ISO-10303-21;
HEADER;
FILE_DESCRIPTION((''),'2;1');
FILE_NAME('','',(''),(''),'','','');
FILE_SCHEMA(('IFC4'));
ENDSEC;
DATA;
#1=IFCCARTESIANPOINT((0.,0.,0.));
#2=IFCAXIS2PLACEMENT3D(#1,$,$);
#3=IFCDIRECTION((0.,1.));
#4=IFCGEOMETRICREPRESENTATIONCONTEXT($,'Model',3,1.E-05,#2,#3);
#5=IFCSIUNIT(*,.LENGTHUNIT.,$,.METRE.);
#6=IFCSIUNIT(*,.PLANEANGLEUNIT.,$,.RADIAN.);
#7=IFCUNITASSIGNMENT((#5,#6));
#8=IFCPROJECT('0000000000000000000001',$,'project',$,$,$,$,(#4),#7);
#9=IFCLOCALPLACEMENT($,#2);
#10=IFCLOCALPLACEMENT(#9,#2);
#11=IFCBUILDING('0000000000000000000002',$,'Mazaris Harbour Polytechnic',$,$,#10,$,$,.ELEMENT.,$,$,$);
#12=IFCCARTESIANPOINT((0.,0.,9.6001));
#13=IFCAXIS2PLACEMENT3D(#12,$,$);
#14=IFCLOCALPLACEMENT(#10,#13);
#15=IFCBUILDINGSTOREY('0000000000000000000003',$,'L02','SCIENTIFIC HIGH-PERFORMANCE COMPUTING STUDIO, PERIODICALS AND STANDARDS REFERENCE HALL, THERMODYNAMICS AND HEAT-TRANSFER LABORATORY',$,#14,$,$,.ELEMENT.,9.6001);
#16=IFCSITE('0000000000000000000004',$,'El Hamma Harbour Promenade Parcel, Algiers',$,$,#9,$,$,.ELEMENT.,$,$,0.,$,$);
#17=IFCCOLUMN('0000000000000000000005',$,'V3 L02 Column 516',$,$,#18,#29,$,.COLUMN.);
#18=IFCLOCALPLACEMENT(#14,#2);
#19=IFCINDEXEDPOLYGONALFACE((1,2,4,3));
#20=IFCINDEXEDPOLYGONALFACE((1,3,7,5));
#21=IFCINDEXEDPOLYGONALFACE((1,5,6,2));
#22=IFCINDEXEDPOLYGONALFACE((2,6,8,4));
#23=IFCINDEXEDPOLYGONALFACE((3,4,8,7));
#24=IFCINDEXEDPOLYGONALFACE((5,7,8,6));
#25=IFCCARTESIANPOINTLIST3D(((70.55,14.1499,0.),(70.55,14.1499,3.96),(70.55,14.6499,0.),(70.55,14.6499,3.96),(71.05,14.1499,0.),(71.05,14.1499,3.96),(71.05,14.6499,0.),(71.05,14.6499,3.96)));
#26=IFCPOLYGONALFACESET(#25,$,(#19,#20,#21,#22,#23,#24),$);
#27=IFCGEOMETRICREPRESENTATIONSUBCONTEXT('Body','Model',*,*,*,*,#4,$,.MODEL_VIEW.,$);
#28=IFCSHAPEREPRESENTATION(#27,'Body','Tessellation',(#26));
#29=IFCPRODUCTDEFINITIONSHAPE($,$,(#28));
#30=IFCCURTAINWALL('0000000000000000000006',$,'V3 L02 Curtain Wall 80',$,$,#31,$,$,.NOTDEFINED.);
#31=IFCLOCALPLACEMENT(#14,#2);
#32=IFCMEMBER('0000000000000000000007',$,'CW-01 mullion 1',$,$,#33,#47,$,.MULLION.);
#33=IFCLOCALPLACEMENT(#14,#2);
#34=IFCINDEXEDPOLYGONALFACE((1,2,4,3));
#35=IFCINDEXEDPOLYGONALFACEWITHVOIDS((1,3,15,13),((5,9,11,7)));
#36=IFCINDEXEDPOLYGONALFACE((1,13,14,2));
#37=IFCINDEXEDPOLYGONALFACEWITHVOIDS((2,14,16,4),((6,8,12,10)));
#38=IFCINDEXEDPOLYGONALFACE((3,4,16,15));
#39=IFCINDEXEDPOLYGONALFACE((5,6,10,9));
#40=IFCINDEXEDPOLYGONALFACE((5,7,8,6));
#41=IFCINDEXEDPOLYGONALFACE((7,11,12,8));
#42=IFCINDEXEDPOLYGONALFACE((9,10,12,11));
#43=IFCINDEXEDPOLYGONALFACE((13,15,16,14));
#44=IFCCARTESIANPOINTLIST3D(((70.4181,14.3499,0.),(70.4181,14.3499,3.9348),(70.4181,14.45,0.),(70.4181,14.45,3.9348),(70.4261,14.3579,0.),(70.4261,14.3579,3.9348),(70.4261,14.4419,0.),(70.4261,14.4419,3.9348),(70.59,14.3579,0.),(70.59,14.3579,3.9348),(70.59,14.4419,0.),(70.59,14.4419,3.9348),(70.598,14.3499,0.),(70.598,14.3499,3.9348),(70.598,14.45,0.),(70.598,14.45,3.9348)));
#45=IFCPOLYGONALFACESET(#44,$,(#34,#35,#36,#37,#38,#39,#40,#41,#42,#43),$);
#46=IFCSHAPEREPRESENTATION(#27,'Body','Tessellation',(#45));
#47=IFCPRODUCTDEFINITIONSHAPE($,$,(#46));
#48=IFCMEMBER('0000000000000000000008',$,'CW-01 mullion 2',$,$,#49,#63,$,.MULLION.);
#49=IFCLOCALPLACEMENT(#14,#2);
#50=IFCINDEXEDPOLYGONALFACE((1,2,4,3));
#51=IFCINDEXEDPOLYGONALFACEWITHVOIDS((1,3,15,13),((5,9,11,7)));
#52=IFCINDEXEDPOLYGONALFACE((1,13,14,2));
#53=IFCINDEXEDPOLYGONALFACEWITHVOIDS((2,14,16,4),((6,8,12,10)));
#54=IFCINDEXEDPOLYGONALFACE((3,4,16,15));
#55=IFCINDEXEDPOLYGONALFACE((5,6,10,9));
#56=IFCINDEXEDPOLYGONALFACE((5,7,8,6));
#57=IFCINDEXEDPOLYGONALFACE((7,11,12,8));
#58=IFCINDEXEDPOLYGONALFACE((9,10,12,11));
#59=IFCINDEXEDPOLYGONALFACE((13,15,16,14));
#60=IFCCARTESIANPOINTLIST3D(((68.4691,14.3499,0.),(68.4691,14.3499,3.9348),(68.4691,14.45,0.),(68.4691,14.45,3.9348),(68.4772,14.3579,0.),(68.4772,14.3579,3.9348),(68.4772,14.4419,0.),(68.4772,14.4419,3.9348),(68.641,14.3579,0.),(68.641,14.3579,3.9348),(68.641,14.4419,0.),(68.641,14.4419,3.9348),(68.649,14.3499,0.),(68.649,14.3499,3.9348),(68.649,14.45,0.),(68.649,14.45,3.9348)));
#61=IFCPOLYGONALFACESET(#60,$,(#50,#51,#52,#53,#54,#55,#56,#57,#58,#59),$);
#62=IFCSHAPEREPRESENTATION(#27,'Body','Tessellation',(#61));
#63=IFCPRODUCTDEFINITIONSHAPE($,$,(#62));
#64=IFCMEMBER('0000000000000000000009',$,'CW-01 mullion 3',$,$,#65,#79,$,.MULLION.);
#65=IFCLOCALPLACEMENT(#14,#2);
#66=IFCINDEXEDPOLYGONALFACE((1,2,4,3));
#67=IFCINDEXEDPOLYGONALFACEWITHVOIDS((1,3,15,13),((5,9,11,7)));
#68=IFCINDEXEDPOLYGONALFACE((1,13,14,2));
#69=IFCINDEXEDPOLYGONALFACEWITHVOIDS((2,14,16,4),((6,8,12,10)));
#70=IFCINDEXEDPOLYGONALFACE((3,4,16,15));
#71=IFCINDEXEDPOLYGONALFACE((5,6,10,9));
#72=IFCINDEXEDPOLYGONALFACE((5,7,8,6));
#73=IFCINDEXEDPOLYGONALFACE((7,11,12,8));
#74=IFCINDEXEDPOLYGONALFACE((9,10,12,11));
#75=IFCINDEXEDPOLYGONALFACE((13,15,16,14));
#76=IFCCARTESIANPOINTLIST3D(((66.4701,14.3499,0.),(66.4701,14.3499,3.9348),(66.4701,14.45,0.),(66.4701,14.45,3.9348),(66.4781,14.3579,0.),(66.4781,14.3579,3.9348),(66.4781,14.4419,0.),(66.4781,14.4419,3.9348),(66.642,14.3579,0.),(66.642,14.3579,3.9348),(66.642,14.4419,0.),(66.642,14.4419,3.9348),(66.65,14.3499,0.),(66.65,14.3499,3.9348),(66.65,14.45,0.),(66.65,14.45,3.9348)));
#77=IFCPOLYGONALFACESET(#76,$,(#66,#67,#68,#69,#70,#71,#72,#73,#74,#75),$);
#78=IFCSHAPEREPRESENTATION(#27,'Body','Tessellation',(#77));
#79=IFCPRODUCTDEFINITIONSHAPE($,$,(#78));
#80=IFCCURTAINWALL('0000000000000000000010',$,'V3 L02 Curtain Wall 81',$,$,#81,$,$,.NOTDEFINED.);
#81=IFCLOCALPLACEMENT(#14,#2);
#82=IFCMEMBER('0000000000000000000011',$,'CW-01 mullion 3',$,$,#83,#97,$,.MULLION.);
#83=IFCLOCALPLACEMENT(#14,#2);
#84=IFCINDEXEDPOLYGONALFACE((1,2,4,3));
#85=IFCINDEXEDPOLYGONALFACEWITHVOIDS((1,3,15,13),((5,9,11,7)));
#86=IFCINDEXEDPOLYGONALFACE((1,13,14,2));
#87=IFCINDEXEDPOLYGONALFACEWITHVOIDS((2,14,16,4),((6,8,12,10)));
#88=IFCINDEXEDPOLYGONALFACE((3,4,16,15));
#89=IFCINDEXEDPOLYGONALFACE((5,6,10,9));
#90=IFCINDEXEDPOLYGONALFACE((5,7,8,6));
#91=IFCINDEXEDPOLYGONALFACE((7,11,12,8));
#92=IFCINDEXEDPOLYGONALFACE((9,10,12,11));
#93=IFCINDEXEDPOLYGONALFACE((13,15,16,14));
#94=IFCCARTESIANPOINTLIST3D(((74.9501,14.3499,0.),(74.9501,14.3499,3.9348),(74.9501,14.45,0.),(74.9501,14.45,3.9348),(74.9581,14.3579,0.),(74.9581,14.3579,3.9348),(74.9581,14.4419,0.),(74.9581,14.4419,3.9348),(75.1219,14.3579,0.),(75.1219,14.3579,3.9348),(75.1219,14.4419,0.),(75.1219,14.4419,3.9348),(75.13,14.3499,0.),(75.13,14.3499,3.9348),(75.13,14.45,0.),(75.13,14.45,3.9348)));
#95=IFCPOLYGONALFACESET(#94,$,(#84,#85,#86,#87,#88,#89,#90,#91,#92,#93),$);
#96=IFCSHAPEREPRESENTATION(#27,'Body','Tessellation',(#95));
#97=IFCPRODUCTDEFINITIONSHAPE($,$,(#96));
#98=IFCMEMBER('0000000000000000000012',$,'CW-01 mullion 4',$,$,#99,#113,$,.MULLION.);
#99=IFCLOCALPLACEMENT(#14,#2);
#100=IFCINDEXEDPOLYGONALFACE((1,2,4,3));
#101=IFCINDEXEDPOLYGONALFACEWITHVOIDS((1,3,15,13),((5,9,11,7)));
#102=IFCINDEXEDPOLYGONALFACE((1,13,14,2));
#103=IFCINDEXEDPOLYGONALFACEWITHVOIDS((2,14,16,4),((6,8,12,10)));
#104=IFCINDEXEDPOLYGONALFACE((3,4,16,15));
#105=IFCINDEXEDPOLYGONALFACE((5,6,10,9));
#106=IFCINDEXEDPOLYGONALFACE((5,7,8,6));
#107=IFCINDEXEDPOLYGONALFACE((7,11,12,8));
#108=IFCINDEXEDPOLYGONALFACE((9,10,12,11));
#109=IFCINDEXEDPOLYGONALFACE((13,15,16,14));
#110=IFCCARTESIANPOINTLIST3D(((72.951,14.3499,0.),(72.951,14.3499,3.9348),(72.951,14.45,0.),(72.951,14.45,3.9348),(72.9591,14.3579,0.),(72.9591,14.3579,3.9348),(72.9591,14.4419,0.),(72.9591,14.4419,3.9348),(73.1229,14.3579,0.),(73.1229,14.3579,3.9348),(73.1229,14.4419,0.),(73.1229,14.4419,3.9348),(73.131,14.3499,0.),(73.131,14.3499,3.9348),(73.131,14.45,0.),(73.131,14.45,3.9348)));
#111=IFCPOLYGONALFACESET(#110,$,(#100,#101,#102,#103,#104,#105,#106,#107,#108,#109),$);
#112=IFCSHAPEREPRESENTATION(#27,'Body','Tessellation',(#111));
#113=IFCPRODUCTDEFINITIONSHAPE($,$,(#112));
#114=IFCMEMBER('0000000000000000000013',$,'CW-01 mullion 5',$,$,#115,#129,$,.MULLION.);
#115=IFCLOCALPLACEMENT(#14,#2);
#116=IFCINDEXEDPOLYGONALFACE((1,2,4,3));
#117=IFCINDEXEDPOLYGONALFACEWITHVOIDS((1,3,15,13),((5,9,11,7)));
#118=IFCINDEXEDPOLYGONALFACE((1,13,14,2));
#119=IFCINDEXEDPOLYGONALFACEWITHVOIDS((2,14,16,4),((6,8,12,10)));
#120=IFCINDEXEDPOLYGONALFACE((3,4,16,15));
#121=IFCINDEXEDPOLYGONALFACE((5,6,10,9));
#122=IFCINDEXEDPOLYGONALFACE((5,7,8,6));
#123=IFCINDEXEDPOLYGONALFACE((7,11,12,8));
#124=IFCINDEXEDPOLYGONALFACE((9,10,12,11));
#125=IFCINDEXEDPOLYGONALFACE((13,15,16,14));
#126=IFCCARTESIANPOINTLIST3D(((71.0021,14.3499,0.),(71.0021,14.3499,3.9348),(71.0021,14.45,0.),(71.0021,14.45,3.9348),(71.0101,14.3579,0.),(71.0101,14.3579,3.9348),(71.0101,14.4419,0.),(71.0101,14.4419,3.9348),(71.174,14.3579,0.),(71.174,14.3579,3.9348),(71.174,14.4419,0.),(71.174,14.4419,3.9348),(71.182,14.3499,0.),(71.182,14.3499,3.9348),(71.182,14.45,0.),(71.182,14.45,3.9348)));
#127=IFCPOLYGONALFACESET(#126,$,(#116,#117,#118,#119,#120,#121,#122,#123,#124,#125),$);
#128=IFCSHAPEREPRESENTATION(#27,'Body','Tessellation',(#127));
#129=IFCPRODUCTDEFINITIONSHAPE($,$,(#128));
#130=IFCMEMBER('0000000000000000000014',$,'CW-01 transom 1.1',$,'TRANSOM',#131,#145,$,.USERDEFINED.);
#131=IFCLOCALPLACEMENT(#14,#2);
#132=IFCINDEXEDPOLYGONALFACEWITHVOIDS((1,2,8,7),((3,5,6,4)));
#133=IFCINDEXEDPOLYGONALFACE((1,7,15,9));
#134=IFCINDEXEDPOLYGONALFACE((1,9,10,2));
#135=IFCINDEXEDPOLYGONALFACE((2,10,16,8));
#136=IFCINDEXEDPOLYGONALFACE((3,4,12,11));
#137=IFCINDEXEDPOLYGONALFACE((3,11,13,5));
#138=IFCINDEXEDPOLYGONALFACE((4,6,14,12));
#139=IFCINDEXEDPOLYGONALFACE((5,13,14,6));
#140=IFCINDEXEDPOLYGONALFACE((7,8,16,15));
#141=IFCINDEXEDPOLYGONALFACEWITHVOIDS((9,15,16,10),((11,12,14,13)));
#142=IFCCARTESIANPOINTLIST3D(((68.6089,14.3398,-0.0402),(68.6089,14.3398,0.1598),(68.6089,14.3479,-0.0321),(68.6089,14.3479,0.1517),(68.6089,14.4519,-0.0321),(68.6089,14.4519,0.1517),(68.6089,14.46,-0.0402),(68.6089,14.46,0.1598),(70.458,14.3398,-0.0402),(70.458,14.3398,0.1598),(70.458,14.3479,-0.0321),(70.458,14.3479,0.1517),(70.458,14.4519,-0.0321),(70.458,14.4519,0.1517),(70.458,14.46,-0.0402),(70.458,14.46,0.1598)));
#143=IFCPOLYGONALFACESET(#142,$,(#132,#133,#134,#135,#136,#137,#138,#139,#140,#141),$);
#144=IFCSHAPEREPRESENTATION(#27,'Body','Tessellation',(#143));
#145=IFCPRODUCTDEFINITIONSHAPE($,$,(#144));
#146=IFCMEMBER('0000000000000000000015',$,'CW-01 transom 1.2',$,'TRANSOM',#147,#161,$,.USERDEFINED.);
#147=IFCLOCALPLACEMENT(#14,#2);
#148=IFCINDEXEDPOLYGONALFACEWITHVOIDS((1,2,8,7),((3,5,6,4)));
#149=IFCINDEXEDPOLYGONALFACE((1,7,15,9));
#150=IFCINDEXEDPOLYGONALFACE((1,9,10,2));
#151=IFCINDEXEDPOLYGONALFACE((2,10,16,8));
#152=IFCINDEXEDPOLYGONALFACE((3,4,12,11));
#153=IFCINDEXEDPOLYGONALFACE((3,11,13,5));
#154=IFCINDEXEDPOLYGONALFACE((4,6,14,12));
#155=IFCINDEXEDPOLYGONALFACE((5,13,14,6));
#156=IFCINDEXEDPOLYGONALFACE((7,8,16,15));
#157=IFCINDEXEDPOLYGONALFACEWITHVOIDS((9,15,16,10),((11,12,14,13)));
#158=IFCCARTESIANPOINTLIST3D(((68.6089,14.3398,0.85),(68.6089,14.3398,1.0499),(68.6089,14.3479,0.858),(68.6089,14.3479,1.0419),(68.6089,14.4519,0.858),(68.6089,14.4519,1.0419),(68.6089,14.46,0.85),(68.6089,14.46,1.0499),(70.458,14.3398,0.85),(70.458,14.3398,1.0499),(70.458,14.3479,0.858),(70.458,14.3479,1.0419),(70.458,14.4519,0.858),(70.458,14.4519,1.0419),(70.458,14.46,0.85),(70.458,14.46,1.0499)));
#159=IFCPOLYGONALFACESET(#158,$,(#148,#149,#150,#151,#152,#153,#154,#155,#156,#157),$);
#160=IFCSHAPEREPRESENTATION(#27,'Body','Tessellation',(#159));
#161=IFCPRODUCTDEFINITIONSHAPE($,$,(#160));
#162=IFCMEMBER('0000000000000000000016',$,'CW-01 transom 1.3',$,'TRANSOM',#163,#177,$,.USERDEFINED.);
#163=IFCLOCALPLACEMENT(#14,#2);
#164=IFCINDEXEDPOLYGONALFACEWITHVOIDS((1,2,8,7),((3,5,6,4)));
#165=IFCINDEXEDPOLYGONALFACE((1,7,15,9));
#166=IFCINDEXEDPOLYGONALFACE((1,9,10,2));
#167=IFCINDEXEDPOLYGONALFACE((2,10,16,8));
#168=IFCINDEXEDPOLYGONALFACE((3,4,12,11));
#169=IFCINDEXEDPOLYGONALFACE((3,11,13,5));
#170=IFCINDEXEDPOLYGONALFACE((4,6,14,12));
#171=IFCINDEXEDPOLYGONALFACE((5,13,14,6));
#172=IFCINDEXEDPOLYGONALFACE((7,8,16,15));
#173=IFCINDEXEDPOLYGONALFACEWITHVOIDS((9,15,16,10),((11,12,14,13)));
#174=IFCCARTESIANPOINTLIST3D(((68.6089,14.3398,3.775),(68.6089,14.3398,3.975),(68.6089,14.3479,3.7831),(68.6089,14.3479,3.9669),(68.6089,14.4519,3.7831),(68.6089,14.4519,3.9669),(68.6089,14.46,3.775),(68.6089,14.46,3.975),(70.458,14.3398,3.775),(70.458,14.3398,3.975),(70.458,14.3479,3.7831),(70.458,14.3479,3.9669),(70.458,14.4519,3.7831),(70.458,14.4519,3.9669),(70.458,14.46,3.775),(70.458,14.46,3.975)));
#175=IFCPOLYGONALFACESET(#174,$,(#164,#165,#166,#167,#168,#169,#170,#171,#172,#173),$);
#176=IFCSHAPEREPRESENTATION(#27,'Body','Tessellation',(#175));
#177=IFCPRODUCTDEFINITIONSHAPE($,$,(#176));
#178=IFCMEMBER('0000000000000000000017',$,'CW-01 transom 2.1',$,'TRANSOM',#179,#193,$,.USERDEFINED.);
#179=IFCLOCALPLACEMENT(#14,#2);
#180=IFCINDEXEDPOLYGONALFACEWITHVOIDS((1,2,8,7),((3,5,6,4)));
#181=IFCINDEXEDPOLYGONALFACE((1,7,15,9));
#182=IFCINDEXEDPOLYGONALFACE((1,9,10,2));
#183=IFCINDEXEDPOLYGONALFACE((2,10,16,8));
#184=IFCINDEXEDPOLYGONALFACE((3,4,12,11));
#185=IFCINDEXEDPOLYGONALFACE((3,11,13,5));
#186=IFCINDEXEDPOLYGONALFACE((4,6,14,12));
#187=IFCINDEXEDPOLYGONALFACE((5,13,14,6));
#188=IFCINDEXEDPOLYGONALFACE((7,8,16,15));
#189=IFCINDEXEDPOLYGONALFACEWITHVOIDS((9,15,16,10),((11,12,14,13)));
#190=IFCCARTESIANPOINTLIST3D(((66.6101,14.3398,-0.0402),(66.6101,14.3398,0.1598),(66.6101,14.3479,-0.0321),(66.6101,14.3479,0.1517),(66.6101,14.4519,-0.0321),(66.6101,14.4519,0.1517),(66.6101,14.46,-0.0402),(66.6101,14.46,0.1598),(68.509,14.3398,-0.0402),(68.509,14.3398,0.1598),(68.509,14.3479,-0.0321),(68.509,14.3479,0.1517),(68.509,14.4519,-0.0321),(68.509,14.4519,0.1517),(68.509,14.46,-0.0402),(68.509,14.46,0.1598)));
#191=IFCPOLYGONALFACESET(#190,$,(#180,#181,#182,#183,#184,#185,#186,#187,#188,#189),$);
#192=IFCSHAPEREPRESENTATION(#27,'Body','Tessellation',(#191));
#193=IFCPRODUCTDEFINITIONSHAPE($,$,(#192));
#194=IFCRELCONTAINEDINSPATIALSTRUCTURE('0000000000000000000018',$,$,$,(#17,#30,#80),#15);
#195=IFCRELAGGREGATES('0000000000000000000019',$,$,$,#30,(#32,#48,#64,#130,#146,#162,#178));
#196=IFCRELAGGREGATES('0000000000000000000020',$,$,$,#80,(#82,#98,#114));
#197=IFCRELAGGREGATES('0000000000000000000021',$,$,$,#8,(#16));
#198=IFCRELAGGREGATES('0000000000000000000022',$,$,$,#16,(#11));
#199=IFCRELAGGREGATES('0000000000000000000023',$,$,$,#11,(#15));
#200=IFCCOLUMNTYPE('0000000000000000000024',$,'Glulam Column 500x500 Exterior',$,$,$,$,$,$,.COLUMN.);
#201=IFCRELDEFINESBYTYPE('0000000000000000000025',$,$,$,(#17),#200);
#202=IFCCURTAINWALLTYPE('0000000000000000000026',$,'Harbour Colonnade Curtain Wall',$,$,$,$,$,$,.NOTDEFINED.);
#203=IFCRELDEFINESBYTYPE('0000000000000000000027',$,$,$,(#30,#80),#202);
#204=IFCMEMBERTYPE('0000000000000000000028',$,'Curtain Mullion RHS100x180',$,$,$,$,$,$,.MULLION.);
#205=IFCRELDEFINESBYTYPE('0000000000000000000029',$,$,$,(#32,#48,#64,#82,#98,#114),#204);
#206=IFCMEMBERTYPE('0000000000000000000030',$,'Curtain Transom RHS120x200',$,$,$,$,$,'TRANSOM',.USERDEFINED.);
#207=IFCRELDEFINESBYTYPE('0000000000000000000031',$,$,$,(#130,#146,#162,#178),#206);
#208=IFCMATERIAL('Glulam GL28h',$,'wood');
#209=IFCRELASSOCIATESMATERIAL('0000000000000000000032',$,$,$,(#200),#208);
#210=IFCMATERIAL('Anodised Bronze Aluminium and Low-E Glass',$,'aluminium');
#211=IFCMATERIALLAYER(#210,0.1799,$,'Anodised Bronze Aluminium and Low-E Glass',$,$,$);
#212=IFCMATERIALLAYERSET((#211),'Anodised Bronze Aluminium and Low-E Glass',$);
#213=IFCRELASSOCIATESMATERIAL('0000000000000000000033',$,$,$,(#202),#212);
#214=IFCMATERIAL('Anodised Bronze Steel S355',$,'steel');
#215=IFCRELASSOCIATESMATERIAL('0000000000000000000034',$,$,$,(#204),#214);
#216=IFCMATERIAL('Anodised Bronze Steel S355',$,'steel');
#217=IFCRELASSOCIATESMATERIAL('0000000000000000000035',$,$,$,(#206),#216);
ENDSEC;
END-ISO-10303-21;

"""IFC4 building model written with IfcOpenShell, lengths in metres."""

from ifc_helpers import new_model, si_unit, direction, frame, origin, origin_2d, place, context, subcontext, project, spatial, rectangle, hollow_rectangle, extrude, material, layer, layer_set, material_profile, profile_set, type_object, element, aggregate, save


model = new_model("IFC4")

# Units and contexts
model_context = context("Model", 3, precision=1e-05, world=origin(), true_north=direction((0.0, 1.0)))
body_context = subcontext(model_context, "Body", "Model", "MODEL_VIEW")
ifc_project = project(units=[si_unit("LENGTHUNIT", "METRE"), si_unit("PLANEANGLEUNIT", "RADIAN")], contexts=[model_context])

# Site, building, storey
site_placement = place(None, origin())
site = spatial("IfcSite", under=ifc_project, at=site_placement, Name="El Hamma Harbour Promenade Parcel, Algiers", CompositionType="ELEMENT", RefElevation=0.0)
building_placement = place(site_placement, origin())
building = spatial("IfcBuilding", under=site, at=building_placement, Name="Mazaris Harbour Polytechnic", CompositionType="ELEMENT")
storey_placement = place(building_placement, frame((0.0, 0.0, 9.6001)))
storey = spatial("IfcBuildingStorey", under=building, at=storey_placement, Name="L02", Description="SCIENTIFIC HIGH-PERFORMANCE COMPUTING STUDIO, PERIODICALS AND STANDARDS REFERENCE HALL, THERMODYNAMICS AND HEAT-TRANSFER LABORATORY", CompositionType="ELEMENT", Elevation=9.6001)

# Column
ifc_material_1 = material(Name="Glulam GL28h", Category="wood")
ifc_material_profile_1 = material_profile(ifc_material_1, rectangle(XDim=0.5, YDim=0.5, at=origin_2d()), Name="RECT500x500")
ifc_profile_set_1 = profile_set([ifc_material_profile_1], Name="Glulam GL28h")
column_type = type_object("IfcColumnType", Name="Glulam Column 500x500 Exterior", PredefinedType="COLUMN", material=ifc_profile_set_1)
column_placement = place(storey_placement, frame((70.8, 14.3999, 0.0), z_axis=(0.0, 0.0, 1.0), x_axis=(1.0, 0.0, 0.0)))
element("IfcColumn", 1, at=column_placement, inside=storey, type_object=column_type, Name="V3 L02 Column 516", PredefinedType="COLUMN", context=body_context, shape_type="SweptSolid", body=[
    extrude(rectangle(XDim=0.5, YDim=0.5, at=origin_2d()), origin(), (0.0, 0.0, 1.0), 3.96),
])

# Curtain walls, members
ifc_material_2 = material(Name="Anodised Bronze Aluminium and Low-E Glass", Category="aluminium")
ifc_layer_1 = layer(ifc_material_2, 0.1799, Name="Anodised Bronze Aluminium and Low-E Glass")
ifc_layer_set_1 = layer_set([ifc_layer_1], Name="Anodised Bronze Aluminium and Low-E Glass")
curtain_wall_type = type_object("IfcCurtainWallType", Name="Harbour Colonnade Curtain Wall", PredefinedType="NOTDEFINED", material=ifc_layer_set_1)
curtain_wall_1_placement = place(storey_placement, origin())
curtain_wall_1 = element("IfcCurtainWall", 2, at=curtain_wall_1_placement, inside=storey, type_object=curtain_wall_type, Name="V3 L02 Curtain Wall 80", PredefinedType="NOTDEFINED")
ifc_material_3 = material(Name="Anodised Bronze Steel S355", Category="steel")
ifc_material_profile_2 = material_profile(ifc_material_3, hollow_rectangle(XDim=0.1001, YDim=0.1799, WallThickness=0.0081, at=origin_2d()), Name="RHS 100x180x8.0")
ifc_profile_set_2 = profile_set([ifc_material_profile_2], Name="Anodised Bronze Steel S355")
member_type_1 = type_object("IfcMemberType", Name="Curtain Mullion RHS100x180", PredefinedType="MULLION", material=ifc_profile_set_2)
member_1_placement = place(storey_placement, frame((70.5081, 14.3999, 0.0), z_axis=(0.0, 0.0, 1.0), x_axis=(0.0, -1.0, 0.0)))
member_1 = element("IfcMember", 3, at=member_1_placement, type_object=member_type_1, Name="CW-01 mullion 1", PredefinedType="MULLION", context=body_context, shape_type="SweptSolid", body=[
    extrude(hollow_rectangle(XDim=0.1001, YDim=0.1799, WallThickness=0.0081, at=origin_2d()), origin(), (0.0, 0.0, 1.0), 3.9348),
])
member_2_placement = place(storey_placement, frame((68.5591, 14.3999, 0.0), z_axis=(0.0, 0.0, 1.0), x_axis=(0.0, -1.0, 0.0)))
member_2 = element("IfcMember", 4, at=member_2_placement, type_object=member_type_1, Name="CW-01 mullion 2", PredefinedType="MULLION", context=body_context, shape_type="SweptSolid", body=[
    extrude(hollow_rectangle(XDim=0.1001, YDim=0.1799, WallThickness=0.0081, at=origin_2d()), origin(), (0.0, 0.0, 1.0), 3.9348),
])
member_3_placement = place(storey_placement, frame((66.5601, 14.3999, 0.0), z_axis=(0.0, 0.0, 1.0), x_axis=(0.0, -1.0, 0.0)))
member_3 = element("IfcMember", 5, at=member_3_placement, type_object=member_type_1, Name="CW-01 mullion 3", PredefinedType="MULLION", context=body_context, shape_type="SweptSolid", body=[
    extrude(hollow_rectangle(XDim=0.1001, YDim=0.1799, WallThickness=0.0081, at=origin_2d()), origin(), (0.0, 0.0, 1.0), 3.9348),
])
curtain_wall_2_placement = place(storey_placement, origin())
curtain_wall_2 = element("IfcCurtainWall", 6, at=curtain_wall_2_placement, inside=storey, type_object=curtain_wall_type, Name="V3 L02 Curtain Wall 81", PredefinedType="NOTDEFINED")
member_4_placement = place(storey_placement, frame((75.04, 14.3999, 0.0), z_axis=(0.0, 0.0, 1.0), x_axis=(0.0, -1.0, 0.0)))
member_4 = element("IfcMember", 7, at=member_4_placement, type_object=member_type_1, Name="CW-01 mullion 3", PredefinedType="MULLION", context=body_context, shape_type="SweptSolid", body=[
    extrude(hollow_rectangle(XDim=0.1001, YDim=0.1799, WallThickness=0.0081, at=origin_2d()), origin(), (0.0, 0.0, 1.0), 3.9348),
])
member_5_placement = place(storey_placement, frame((73.041, 14.3999, 0.0), z_axis=(0.0, 0.0, 1.0), x_axis=(0.0, -1.0, 0.0)))
member_5 = element("IfcMember", 8, at=member_5_placement, type_object=member_type_1, Name="CW-01 mullion 4", PredefinedType="MULLION", context=body_context, shape_type="SweptSolid", body=[
    extrude(hollow_rectangle(XDim=0.1001, YDim=0.1799, WallThickness=0.0081, at=origin_2d()), origin(), (0.0, 0.0, 1.0), 3.9348),
])
member_6_placement = place(storey_placement, frame((71.092, 14.3999, 0.0), z_axis=(0.0, 0.0, 1.0), x_axis=(0.0, -1.0, 0.0)))
member_6 = element("IfcMember", 9, at=member_6_placement, type_object=member_type_1, Name="CW-01 mullion 5", PredefinedType="MULLION", context=body_context, shape_type="SweptSolid", body=[
    extrude(hollow_rectangle(XDim=0.1001, YDim=0.1799, WallThickness=0.0081, at=origin_2d()), origin(), (0.0, 0.0, 1.0), 3.9348),
])

# Members
ifc_material_4 = material(Name="Anodised Bronze Steel S355", Category="steel")
ifc_material_profile_3 = material_profile(ifc_material_4, hollow_rectangle(XDim=0.1201, YDim=0.2, WallThickness=0.0081, at=origin_2d()), Name="RHS 120x200x8.0")
ifc_profile_set_3 = profile_set([ifc_material_profile_3], Name="Anodised Bronze Steel S355")
member_type_2 = type_object("IfcMemberType", Name="Curtain Transom RHS120x200", ElementType="TRANSOM", PredefinedType="USERDEFINED", material=ifc_profile_set_3)
member_7_placement = place(storey_placement, frame((70.458, 14.3999, 0.0598), z_axis=(-1.0, 0.0, 0.0), x_axis=(0.0, -1.0, 0.0)))
member_7 = element("IfcMember", 10, at=member_7_placement, type_object=member_type_2, Name="CW-01 transom 1.1", ObjectType="TRANSOM", PredefinedType="USERDEFINED", context=body_context, shape_type="SweptSolid", body=[
    extrude(hollow_rectangle(XDim=0.1201, YDim=0.2, WallThickness=0.0081, at=origin_2d()), origin(), (0.0, 0.0, 1.0), 1.8491),
])
member_8_placement = place(storey_placement, frame((70.458, 14.3999, 0.95), z_axis=(-1.0, 0.0, 0.0), x_axis=(0.0, -1.0, 0.0)))
member_8 = element("IfcMember", 11, at=member_8_placement, type_object=member_type_2, Name="CW-01 transom 1.2", ObjectType="TRANSOM", PredefinedType="USERDEFINED", context=body_context, shape_type="SweptSolid", body=[
    extrude(hollow_rectangle(XDim=0.1201, YDim=0.2, WallThickness=0.0081, at=origin_2d()), origin(), (0.0, 0.0, 1.0), 1.8491),
])
member_9_placement = place(storey_placement, frame((70.458, 14.3999, 3.875), z_axis=(-1.0, 0.0, 0.0), x_axis=(0.0, -1.0, 0.0)))
member_9 = element("IfcMember", 12, at=member_9_placement, type_object=member_type_2, Name="CW-01 transom 1.3", ObjectType="TRANSOM", PredefinedType="USERDEFINED", context=body_context, shape_type="SweptSolid", body=[
    extrude(hollow_rectangle(XDim=0.1201, YDim=0.2, WallThickness=0.0081, at=origin_2d()), origin(), (0.0, 0.0, 1.0), 1.8491),
])
member_10_placement = place(storey_placement, frame((68.509, 14.3999, 0.0598), z_axis=(-1.0, 0.0, 0.0), x_axis=(0.0, -1.0, 0.0)))
member_10 = element("IfcMember", 13, at=member_10_placement, type_object=member_type_2, Name="CW-01 transom 2.1", ObjectType="TRANSOM", PredefinedType="USERDEFINED", context=body_context, shape_type="SweptSolid", body=[
    extrude(hollow_rectangle(XDim=0.1201, YDim=0.2, WallThickness=0.0081, at=origin_2d()), origin(), (0.0, 0.0, 1.0), 1.8989),
])

aggregate(curtain_wall_1, [member_1, member_2, member_3, member_7, member_8, member_9, member_10])
aggregate(curtain_wall_2, [member_4, member_5, member_6])

save(model, "model.ifc")
